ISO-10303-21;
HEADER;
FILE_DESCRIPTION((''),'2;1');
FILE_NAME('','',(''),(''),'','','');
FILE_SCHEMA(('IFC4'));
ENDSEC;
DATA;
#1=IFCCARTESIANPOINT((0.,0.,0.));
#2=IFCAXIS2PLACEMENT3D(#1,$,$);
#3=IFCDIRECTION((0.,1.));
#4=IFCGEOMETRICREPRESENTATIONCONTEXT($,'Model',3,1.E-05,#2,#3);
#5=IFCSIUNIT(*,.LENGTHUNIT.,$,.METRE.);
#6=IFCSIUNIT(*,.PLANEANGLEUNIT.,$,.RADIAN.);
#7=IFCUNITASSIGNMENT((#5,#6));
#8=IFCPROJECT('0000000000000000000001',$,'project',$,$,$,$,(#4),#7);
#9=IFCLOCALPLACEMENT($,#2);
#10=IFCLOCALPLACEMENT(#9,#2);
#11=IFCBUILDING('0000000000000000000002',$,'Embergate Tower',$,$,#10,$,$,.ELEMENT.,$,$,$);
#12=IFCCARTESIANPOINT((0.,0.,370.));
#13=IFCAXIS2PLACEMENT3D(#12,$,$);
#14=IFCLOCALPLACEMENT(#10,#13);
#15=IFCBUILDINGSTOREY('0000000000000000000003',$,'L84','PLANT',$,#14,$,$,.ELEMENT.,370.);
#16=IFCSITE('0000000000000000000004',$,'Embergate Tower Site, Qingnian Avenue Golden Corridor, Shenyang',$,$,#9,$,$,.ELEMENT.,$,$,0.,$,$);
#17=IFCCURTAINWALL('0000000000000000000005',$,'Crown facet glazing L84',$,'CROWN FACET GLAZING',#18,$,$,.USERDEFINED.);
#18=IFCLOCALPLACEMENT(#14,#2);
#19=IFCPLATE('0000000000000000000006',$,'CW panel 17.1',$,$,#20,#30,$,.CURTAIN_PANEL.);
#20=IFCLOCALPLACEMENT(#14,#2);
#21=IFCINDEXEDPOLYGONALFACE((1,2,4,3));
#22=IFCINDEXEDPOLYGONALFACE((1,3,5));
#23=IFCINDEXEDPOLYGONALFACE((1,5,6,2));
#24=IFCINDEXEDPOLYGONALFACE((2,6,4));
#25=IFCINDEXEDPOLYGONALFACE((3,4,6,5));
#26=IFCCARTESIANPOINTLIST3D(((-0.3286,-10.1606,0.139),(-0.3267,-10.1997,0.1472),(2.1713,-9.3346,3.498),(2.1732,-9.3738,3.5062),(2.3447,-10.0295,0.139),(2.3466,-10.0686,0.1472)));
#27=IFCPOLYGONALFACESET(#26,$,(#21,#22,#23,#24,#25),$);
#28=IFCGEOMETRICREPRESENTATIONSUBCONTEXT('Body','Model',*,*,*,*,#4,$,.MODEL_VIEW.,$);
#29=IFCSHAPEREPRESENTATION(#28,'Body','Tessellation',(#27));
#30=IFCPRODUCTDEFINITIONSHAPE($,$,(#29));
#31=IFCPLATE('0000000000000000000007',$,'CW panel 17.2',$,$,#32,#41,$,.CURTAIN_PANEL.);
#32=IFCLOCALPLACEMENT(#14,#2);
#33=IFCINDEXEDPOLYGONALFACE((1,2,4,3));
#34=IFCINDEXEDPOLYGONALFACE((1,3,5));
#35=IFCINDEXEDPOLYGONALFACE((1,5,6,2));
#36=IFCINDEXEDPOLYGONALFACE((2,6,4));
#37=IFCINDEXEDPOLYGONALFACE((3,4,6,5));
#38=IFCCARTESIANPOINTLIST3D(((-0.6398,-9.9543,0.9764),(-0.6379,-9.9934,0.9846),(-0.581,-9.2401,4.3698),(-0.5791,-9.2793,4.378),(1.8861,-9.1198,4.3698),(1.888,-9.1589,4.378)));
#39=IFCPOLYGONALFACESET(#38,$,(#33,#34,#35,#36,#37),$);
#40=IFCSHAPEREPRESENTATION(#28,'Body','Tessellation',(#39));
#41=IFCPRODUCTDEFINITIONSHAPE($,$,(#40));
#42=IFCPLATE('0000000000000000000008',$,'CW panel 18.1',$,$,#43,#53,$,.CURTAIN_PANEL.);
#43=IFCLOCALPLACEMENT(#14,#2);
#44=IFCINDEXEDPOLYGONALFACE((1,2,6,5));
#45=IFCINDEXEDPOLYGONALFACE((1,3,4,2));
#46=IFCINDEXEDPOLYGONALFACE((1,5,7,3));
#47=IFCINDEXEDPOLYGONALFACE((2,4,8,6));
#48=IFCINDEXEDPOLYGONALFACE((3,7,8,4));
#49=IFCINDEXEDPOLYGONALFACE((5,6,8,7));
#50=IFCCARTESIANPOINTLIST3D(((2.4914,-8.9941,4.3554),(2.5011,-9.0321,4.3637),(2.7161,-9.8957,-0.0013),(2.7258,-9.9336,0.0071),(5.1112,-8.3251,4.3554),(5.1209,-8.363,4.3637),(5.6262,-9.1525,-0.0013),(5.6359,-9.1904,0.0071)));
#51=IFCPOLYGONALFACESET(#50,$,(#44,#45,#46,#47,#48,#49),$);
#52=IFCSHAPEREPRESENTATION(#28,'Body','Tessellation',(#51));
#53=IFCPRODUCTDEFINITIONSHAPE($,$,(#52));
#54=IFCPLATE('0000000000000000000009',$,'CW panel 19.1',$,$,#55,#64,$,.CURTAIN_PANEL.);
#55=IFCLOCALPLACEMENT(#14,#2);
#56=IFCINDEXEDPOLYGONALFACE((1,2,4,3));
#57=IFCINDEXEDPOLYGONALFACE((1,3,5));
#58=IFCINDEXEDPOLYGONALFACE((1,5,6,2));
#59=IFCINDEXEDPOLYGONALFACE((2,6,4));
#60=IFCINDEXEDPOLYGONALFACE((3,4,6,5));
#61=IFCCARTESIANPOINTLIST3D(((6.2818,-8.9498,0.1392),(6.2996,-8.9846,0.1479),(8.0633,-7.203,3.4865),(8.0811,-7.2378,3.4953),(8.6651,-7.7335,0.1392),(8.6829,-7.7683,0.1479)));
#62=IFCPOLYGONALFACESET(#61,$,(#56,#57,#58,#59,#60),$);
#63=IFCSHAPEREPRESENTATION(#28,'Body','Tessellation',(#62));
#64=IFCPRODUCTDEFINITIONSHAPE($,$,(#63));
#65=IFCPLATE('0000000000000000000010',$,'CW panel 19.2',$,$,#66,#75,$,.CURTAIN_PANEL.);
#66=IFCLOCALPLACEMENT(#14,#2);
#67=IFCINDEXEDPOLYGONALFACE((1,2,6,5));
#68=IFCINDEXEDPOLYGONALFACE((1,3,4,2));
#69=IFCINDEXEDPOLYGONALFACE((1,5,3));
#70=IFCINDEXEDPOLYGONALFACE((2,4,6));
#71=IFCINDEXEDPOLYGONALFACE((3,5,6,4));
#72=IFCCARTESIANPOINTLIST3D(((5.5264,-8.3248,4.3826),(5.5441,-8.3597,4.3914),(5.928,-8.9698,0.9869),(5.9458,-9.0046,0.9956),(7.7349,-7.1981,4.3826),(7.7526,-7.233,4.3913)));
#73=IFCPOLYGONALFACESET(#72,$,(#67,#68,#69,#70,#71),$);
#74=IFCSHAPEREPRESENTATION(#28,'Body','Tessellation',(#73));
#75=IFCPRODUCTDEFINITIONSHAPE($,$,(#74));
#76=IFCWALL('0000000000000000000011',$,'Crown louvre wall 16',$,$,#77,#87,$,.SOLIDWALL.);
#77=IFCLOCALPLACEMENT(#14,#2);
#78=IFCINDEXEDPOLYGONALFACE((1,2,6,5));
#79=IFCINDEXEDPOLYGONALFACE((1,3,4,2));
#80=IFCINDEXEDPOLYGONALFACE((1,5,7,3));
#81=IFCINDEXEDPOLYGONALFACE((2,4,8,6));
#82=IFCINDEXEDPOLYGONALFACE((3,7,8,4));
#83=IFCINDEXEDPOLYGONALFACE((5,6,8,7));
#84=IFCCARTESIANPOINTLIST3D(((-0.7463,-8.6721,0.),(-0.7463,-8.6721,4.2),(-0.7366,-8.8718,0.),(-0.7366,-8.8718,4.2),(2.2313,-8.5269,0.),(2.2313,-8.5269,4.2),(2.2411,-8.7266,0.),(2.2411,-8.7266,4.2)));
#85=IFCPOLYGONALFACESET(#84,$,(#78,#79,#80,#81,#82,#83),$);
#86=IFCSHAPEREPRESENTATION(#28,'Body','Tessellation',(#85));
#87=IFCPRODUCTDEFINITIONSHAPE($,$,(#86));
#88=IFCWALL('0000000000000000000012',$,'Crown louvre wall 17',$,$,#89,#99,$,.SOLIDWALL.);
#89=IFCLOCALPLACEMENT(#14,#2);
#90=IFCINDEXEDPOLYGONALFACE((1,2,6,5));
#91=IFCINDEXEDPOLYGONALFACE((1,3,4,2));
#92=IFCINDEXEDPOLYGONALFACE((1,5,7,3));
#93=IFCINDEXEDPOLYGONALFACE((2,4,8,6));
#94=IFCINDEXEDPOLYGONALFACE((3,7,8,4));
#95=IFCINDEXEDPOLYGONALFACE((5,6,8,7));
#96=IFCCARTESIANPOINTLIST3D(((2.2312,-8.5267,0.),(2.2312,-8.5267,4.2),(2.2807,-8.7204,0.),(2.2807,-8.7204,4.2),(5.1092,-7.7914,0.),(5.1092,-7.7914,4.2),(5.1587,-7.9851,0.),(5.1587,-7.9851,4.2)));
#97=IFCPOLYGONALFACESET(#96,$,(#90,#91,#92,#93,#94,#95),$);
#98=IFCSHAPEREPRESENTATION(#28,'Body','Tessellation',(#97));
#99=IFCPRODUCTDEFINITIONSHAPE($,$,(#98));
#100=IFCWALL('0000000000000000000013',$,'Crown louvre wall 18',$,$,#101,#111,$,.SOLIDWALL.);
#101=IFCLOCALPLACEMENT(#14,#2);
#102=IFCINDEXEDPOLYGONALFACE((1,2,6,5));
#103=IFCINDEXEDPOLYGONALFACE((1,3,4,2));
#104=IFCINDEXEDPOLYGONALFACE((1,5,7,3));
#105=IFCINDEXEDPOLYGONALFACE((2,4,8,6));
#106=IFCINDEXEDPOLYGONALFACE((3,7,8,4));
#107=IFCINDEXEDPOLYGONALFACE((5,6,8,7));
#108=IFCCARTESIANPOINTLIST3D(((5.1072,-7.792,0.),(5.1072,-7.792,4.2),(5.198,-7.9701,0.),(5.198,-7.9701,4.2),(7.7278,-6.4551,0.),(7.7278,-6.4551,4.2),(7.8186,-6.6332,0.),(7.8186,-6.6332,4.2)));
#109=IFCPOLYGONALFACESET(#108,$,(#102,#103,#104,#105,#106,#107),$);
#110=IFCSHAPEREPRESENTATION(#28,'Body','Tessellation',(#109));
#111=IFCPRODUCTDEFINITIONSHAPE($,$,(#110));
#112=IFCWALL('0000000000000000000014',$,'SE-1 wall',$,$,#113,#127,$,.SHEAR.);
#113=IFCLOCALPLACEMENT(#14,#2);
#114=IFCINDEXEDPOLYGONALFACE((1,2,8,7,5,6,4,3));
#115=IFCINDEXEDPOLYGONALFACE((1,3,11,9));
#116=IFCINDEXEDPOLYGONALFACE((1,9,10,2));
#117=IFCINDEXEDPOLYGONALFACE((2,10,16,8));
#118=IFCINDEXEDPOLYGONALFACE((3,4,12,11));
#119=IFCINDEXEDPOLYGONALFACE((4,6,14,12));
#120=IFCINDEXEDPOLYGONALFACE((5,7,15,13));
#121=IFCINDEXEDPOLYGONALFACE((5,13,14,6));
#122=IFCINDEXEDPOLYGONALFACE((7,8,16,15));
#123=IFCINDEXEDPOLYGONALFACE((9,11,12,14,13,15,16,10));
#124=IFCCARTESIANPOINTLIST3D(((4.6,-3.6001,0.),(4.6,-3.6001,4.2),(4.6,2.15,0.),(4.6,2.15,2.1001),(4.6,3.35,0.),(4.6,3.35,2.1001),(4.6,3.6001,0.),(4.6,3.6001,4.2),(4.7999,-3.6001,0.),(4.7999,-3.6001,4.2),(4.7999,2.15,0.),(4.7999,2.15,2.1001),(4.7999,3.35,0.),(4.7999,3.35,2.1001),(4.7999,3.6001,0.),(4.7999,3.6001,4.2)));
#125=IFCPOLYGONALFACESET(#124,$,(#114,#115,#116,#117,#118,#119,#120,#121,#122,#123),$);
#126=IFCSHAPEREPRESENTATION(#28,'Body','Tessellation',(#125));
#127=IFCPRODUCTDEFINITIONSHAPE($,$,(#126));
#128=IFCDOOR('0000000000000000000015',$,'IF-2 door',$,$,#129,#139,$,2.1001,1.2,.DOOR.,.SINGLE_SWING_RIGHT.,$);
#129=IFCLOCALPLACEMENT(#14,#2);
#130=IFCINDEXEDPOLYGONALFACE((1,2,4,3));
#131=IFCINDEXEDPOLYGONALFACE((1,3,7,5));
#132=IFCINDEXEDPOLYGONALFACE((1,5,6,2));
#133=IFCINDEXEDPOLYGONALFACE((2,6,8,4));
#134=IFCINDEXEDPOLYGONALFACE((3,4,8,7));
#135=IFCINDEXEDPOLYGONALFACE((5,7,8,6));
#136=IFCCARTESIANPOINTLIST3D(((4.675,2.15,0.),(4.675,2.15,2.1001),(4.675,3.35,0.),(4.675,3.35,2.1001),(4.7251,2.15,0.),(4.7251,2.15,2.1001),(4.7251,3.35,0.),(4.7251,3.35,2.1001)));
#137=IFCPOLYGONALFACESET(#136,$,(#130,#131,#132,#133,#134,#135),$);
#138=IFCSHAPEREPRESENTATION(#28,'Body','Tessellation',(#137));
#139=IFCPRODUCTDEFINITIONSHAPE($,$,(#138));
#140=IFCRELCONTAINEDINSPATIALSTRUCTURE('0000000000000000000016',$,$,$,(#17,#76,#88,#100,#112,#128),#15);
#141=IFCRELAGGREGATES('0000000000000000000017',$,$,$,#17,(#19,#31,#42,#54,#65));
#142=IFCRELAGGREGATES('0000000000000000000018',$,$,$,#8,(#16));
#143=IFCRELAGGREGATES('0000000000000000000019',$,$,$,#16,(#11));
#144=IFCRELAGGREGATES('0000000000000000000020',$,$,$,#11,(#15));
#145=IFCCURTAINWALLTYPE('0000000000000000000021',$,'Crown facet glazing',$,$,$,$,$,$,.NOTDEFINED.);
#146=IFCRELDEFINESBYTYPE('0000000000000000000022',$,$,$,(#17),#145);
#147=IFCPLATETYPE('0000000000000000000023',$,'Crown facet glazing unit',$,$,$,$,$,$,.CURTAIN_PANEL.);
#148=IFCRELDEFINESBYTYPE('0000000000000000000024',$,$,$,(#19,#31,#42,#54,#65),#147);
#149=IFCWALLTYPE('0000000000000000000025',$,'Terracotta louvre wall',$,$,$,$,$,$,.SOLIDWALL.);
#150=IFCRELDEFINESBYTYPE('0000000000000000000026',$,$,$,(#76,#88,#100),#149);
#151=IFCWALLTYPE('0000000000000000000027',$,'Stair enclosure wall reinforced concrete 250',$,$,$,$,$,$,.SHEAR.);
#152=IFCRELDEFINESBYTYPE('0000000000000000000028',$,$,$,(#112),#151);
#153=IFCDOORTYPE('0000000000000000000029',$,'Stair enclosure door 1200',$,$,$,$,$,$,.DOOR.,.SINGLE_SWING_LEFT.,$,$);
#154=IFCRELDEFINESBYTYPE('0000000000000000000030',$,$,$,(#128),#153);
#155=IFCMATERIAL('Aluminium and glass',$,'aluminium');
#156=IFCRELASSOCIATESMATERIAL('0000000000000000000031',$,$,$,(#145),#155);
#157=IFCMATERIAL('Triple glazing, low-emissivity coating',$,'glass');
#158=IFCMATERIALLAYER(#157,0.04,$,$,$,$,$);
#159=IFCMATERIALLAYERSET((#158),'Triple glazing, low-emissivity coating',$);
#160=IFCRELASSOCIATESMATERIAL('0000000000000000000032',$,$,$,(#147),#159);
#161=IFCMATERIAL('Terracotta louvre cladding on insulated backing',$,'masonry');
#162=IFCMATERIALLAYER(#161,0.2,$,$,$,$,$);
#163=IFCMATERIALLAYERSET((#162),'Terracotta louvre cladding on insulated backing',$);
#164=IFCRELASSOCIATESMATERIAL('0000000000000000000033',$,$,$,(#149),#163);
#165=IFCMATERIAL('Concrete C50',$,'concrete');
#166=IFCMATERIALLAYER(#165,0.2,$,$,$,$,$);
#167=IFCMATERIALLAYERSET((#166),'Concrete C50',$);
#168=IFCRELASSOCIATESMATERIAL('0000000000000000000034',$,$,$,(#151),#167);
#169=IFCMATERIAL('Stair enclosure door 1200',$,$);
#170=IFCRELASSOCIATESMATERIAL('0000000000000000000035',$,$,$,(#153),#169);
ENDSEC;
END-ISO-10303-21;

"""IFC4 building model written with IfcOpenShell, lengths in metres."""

from ifc_helpers import new_model, si_unit, direction, frame, frame_2d, origin, place, context, subcontext, project, spatial, polyline, rectangle, outline, extrude, source, transform, mapped, material, layer, layer_set, type_object, element, fill, aggregate, save


model = new_model("IFC4")

# Units and contexts
model_context = context("Model", 3, precision=1e-05, world=origin(), true_north=direction((0.0, 1.0)))
body_context = subcontext(model_context, "Body", "Model", "MODEL_VIEW")
ifc_project = project(units=[si_unit("LENGTHUNIT", "METRE"), si_unit("PLANEANGLEUNIT", "RADIAN")], contexts=[model_context])

# Site, building, storey
site_placement = place(None, origin())
site = spatial("IfcSite", under=ifc_project, at=site_placement, Name="Embergate Tower Site, Qingnian Avenue Golden Corridor, Shenyang", CompositionType="ELEMENT", RefElevation=0.0)
building_placement = place(site_placement, origin())
building = spatial("IfcBuilding", under=site, at=building_placement, Name="Embergate Tower", CompositionType="ELEMENT")
storey_placement = place(building_placement, frame((0.0, 0.0, 370.0)))
storey = spatial("IfcBuildingStorey", under=building, at=storey_placement, Name="L84", Description="PLANT", CompositionType="ELEMENT", Elevation=370.0)

# Curtain wall
ifc_material_1 = material(Name="Aluminium and glass", Category="aluminium")
curtain_wall_type = type_object("IfcCurtainWallType", Name="Crown facet glazing", PredefinedType="NOTDEFINED", material=ifc_material_1)
curtain_wall_placement = place(storey_placement, origin())
curtain_wall = element("IfcCurtainWall", 1, at=curtain_wall_placement, inside=storey, type_object=curtain_wall_type, Name="Crown facet glazing L84", ObjectType="CROWN FACET GLAZING", PredefinedType="USERDEFINED")

# Shared definitions
ifc_material_2 = material(Name="Concrete C50", Category="concrete")

# Plates
ifc_material_3 = material(Name="Triple glazing, low-emissivity coating", Category="glass")
ifc_layer_1 = layer(ifc_material_3, 0.04)
ifc_layer_set_1 = layer_set([ifc_layer_1], Name="Triple glazing, low-emissivity coating")
plate_type = type_object("IfcPlateType", Name="Crown facet glazing unit", PredefinedType="CURTAIN_PANEL", material=ifc_layer_set_1)
shared_shape_1 = source(origin(), body_context, "Body", "SweptSolid", [
    extrude(outline(polyline([(0.0, 0.0), (2.6765, 0.0), (2.5374, 3.4316), (0.0, 0.0)])), origin(), (0.0, 0.0, -1.0), 0.04),
])
plate_1_placement = place(storey_placement, frame((-0.3267, -10.1997, 0.1472), z_axis=(0.047945, -0.977647, 0.204712), x_axis=(0.9988, 0.048982, 0.0)))
plate_1 = element("IfcPlate", 2, at=plate_1_placement, type_object=plate_type, Name="CW panel 17.1", PredefinedType="CURTAIN_PANEL", context=body_context, shape_type="MappedRepresentation", body=[
    mapped(shared_shape_1, transform((0.0, 0.0, 0.0))),
])
shared_shape_2 = source(origin(), body_context, "Body", "SweptSolid", [
    extrude(outline(polyline([(0.0, 0.0), (4.3118, 0.0), (2.8433, 1.9861), (0.0, 0.0)])), origin(), (0.0, 0.0, -1.0), 0.04),
])
plate_2_placement = place(storey_placement, frame((-0.6379, -9.9934, 0.9846), z_axis=(0.047696, -0.977618, 0.20491), x_axis=(0.585816, 0.193536, 0.786996)))
plate_2 = element("IfcPlate", 3, at=plate_2_placement, type_object=plate_type, Name="CW panel 17.2", PredefinedType="CURTAIN_PANEL", context=body_context, shape_type="MappedRepresentation", body=[
    mapped(shared_shape_2, transform((0.0, 0.0, 0.0))),
])
shared_shape_3 = source(origin(), body_context, "Body", "SweptSolid", [
    extrude(outline(polyline([(0.0, 0.0), (3.0034, 0.0), (2.7092, 4.4546), (0.0054, 4.4546), (0.0, 0.0)])), origin(), (0.0, 0.0, -1.0), 0.04),
])
plate_3_placement = place(storey_placement, frame((2.7258, -9.9336, 0.0071), z_axis=(0.241993, -0.947596, 0.20857), x_axis=(0.968904, 0.247435, 0.000003)))
plate_3 = element("IfcPlate", 4, at=plate_3_placement, type_object=plate_type, Name="CW panel 18.1", PredefinedType="CURTAIN_PANEL", context=body_context, shape_type="MappedRepresentation", body=[
    mapped(shared_shape_3, transform((0.0, 0.0, 0.0))),
])
shared_shape_4 = source(origin(), body_context, "Body", "SweptSolid", [
    extrude(outline(polyline([(0.0, 0.0), (2.6758, 0.0), (2.3809, 3.4294), (0.0, 0.0)])), origin(), (0.0, 0.0, -1.0), 0.04),
])
plate_4_placement = place(storey_placement, frame((6.2996, -8.9846, 0.1479), z_axis=(0.443683, -0.869377, 0.217551), x_axis=(0.890711, 0.454571, 0.0)))
plate_4 = element("IfcPlate", 5, at=plate_4_placement, type_object=plate_type, Name="CW panel 19.1", PredefinedType="CURTAIN_PANEL", context=body_context, shape_type="MappedRepresentation", body=[
    mapped(shared_shape_4, transform((0.0, 0.0, 0.0))),
])
shared_shape_5 = source(origin(), body_context, "Body", "SweptSolid", [
    extrude(outline(polyline([(0.0, 0.0), (4.2349, 0.0), (2.8213, 2.0369), (0.0, 0.0)])), origin(), (0.0, 0.0, -1.0), 0.04),
])
plate_5_placement = place(storey_placement, frame((5.9458, -9.0046, 0.9956), z_axis=(0.443556, -0.869428, 0.217606), x_axis=(0.426658, 0.418357, 0.801836)))
plate_5 = element("IfcPlate", 6, at=plate_5_placement, type_object=plate_type, Name="CW panel 19.2", PredefinedType="CURTAIN_PANEL", context=body_context, shape_type="MappedRepresentation", body=[
    mapped(shared_shape_5, transform((0.0, 0.0, 0.0))),
])
aggregate(curtain_wall, [plate_1, plate_2, plate_3, plate_4, plate_5])

# Walls
ifc_material_4 = material(Name="Terracotta louvre cladding on insulated backing", Category="masonry")
ifc_layer_2 = layer(ifc_material_4, 0.2)
ifc_layer_set_2 = layer_set([ifc_layer_2], Name="Terracotta louvre cladding on insulated backing")
wall_type_1 = type_object("IfcWallType", Name="Terracotta louvre wall", PredefinedType="SOLIDWALL", material=ifc_layer_set_2)
shared_shape_6 = source(origin(), body_context, "Body", "SweptSolid", [
    extrude(rectangle(XDim=2.9812, YDim=0.2, at=frame_2d((1.4907, 0.0))), origin(), (0.0, 0.0, 1.0), 4.2),
])
wall_1_placement = place(storey_placement, frame((2.2363, -8.6267, 0.0), z_axis=(0.0, 0.0, 1.0), x_axis=(-0.998812, -0.048729, 0.0)))
element("IfcWall", 7, at=wall_1_placement, inside=storey, type_object=wall_type_1, Name="Crown louvre wall 16", PredefinedType="SOLIDWALL", context=body_context, shape_type="MappedRepresentation", body=[
    mapped(shared_shape_6, transform((0.0, 0.0, 0.0))),
])
shared_shape_7 = source(origin(), body_context, "Body", "SweptSolid", [
    extrude(rectangle(XDim=2.9705, YDim=0.2, at=frame_2d((1.4854, 0.0))), origin(), (0.0, 0.0, 1.0), 4.2),
])
wall_2_placement = place(storey_placement, frame((5.134, -7.8882, 0.0), z_axis=(0.0, 0.0, 1.0), x_axis=(-0.968872, -0.247561, 0.0)))
element("IfcWall", 8, at=wall_2_placement, inside=storey, type_object=wall_type_1, Name="Crown louvre wall 17", PredefinedType="SOLIDWALL", context=body_context, shape_type="MappedRepresentation", body=[
    mapped(shared_shape_7, transform((0.0, 0.0, 0.0))),
])
shared_shape_8 = source(origin(), body_context, "Body", "SweptSolid", [
    extrude(rectangle(XDim=2.9419, YDim=0.2, at=frame_2d((1.4709, 0.0))), origin(), (0.0, 0.0, 1.0), 4.2),
])
wall_3_placement = place(storey_placement, frame((7.7732, -6.5442, 0.0), z_axis=(0.0, 0.0, 1.0), x_axis=(-0.89078, -0.454435, 0.0)))
element("IfcWall", 9, at=wall_3_placement, inside=storey, type_object=wall_type_1, Name="Crown louvre wall 18", PredefinedType="SOLIDWALL", context=body_context, shape_type="MappedRepresentation", body=[
    mapped(shared_shape_8, transform((0.0, 0.0, 0.0))),
])

# Wall, opening, door
ifc_layer_3 = layer(ifc_material_2, 0.2)
ifc_layer_set_3 = layer_set([ifc_layer_3], Name="Concrete C50")
wall_type_2 = type_object("IfcWallType", Name="Stair enclosure wall reinforced concrete 250", PredefinedType="SHEAR", material=ifc_layer_set_3)
shared_shape_9 = source(origin(), body_context, "Body", "SweptSolid", [
    extrude(rectangle(XDim=7.2002, YDim=0.2, at=frame_2d((3.6001, 0.0))), origin(), (0.0, 0.0, 1.0), 4.2),
])
wall_4_placement = place(storey_placement, frame((4.7, -3.6001, 0.0), z_axis=(0.0, 0.0, 1.0), x_axis=(0.0, 1.0, 0.0)))
wall_4 = element("IfcWall", 10, at=wall_4_placement, inside=storey, type_object=wall_type_2, Name="SE-1 wall", PredefinedType="SHEAR", context=body_context, shape_type="MappedRepresentation", body=[
    mapped(shared_shape_9, transform((0.0, 0.0, 0.0))),
])
shared_shape_10 = source(origin(), body_context, "Body", "SweptSolid", [
    extrude(rectangle(XDim=1.2, YDim=2.1001, at=frame_2d((0.6001, 1.05))), frame((0.0, 0.1099, 0.0), z_axis=(0.0, -1.0, 0.0), x_axis=(1.0, 0.0, 0.0)), (0.0, 0.0, 1.0), 0.22),
])
opening_1_placement = place(wall_4_placement, frame((5.75, 0.0, 0.0)))
opening_1 = element("IfcOpeningElement", 11, at=opening_1_placement, cuts=wall_4, PredefinedType="OPENING", context=body_context, shape_type="MappedRepresentation", body=[
    mapped(shared_shape_10, transform((0.0, 0.0, 0.0))),
])
ifc_material_5 = material(Name="Stair enclosure door 1200")
door_type_1 = type_object("IfcDoorType", Name="Stair enclosure door 1200", OperationType="SINGLE_SWING_LEFT", PredefinedType="DOOR", material=ifc_material_5)
shared_shape_11 = source(origin(), body_context, "Body", "SweptSolid", [
    extrude(rectangle(XDim=1.2, YDim=2.1001, at=frame_2d((0.6001, 1.05))), frame((0.0, 0.0249, 0.0), z_axis=(0.0, -1.0, 0.0), x_axis=(1.0, 0.0, 0.0)), (0.0, 0.0, 1.0), 0.05),
])
door_1_placement = place(opening_1_placement, origin())
door_1 = element("IfcDoor", 12, at=door_1_placement, inside=storey, type_object=door_type_1, Name="IF-2 door", OperationType="SINGLE_SWING_RIGHT", OverallHeight=2.1001, OverallWidth=1.2, PredefinedType="DOOR", context=body_context, shape_type="MappedRepresentation", body=[
    mapped(shared_shape_11, transform((0.0, 0.0, 0.0))),
])
fill(opening_1, door_1)

save(model, "model.ifc")
